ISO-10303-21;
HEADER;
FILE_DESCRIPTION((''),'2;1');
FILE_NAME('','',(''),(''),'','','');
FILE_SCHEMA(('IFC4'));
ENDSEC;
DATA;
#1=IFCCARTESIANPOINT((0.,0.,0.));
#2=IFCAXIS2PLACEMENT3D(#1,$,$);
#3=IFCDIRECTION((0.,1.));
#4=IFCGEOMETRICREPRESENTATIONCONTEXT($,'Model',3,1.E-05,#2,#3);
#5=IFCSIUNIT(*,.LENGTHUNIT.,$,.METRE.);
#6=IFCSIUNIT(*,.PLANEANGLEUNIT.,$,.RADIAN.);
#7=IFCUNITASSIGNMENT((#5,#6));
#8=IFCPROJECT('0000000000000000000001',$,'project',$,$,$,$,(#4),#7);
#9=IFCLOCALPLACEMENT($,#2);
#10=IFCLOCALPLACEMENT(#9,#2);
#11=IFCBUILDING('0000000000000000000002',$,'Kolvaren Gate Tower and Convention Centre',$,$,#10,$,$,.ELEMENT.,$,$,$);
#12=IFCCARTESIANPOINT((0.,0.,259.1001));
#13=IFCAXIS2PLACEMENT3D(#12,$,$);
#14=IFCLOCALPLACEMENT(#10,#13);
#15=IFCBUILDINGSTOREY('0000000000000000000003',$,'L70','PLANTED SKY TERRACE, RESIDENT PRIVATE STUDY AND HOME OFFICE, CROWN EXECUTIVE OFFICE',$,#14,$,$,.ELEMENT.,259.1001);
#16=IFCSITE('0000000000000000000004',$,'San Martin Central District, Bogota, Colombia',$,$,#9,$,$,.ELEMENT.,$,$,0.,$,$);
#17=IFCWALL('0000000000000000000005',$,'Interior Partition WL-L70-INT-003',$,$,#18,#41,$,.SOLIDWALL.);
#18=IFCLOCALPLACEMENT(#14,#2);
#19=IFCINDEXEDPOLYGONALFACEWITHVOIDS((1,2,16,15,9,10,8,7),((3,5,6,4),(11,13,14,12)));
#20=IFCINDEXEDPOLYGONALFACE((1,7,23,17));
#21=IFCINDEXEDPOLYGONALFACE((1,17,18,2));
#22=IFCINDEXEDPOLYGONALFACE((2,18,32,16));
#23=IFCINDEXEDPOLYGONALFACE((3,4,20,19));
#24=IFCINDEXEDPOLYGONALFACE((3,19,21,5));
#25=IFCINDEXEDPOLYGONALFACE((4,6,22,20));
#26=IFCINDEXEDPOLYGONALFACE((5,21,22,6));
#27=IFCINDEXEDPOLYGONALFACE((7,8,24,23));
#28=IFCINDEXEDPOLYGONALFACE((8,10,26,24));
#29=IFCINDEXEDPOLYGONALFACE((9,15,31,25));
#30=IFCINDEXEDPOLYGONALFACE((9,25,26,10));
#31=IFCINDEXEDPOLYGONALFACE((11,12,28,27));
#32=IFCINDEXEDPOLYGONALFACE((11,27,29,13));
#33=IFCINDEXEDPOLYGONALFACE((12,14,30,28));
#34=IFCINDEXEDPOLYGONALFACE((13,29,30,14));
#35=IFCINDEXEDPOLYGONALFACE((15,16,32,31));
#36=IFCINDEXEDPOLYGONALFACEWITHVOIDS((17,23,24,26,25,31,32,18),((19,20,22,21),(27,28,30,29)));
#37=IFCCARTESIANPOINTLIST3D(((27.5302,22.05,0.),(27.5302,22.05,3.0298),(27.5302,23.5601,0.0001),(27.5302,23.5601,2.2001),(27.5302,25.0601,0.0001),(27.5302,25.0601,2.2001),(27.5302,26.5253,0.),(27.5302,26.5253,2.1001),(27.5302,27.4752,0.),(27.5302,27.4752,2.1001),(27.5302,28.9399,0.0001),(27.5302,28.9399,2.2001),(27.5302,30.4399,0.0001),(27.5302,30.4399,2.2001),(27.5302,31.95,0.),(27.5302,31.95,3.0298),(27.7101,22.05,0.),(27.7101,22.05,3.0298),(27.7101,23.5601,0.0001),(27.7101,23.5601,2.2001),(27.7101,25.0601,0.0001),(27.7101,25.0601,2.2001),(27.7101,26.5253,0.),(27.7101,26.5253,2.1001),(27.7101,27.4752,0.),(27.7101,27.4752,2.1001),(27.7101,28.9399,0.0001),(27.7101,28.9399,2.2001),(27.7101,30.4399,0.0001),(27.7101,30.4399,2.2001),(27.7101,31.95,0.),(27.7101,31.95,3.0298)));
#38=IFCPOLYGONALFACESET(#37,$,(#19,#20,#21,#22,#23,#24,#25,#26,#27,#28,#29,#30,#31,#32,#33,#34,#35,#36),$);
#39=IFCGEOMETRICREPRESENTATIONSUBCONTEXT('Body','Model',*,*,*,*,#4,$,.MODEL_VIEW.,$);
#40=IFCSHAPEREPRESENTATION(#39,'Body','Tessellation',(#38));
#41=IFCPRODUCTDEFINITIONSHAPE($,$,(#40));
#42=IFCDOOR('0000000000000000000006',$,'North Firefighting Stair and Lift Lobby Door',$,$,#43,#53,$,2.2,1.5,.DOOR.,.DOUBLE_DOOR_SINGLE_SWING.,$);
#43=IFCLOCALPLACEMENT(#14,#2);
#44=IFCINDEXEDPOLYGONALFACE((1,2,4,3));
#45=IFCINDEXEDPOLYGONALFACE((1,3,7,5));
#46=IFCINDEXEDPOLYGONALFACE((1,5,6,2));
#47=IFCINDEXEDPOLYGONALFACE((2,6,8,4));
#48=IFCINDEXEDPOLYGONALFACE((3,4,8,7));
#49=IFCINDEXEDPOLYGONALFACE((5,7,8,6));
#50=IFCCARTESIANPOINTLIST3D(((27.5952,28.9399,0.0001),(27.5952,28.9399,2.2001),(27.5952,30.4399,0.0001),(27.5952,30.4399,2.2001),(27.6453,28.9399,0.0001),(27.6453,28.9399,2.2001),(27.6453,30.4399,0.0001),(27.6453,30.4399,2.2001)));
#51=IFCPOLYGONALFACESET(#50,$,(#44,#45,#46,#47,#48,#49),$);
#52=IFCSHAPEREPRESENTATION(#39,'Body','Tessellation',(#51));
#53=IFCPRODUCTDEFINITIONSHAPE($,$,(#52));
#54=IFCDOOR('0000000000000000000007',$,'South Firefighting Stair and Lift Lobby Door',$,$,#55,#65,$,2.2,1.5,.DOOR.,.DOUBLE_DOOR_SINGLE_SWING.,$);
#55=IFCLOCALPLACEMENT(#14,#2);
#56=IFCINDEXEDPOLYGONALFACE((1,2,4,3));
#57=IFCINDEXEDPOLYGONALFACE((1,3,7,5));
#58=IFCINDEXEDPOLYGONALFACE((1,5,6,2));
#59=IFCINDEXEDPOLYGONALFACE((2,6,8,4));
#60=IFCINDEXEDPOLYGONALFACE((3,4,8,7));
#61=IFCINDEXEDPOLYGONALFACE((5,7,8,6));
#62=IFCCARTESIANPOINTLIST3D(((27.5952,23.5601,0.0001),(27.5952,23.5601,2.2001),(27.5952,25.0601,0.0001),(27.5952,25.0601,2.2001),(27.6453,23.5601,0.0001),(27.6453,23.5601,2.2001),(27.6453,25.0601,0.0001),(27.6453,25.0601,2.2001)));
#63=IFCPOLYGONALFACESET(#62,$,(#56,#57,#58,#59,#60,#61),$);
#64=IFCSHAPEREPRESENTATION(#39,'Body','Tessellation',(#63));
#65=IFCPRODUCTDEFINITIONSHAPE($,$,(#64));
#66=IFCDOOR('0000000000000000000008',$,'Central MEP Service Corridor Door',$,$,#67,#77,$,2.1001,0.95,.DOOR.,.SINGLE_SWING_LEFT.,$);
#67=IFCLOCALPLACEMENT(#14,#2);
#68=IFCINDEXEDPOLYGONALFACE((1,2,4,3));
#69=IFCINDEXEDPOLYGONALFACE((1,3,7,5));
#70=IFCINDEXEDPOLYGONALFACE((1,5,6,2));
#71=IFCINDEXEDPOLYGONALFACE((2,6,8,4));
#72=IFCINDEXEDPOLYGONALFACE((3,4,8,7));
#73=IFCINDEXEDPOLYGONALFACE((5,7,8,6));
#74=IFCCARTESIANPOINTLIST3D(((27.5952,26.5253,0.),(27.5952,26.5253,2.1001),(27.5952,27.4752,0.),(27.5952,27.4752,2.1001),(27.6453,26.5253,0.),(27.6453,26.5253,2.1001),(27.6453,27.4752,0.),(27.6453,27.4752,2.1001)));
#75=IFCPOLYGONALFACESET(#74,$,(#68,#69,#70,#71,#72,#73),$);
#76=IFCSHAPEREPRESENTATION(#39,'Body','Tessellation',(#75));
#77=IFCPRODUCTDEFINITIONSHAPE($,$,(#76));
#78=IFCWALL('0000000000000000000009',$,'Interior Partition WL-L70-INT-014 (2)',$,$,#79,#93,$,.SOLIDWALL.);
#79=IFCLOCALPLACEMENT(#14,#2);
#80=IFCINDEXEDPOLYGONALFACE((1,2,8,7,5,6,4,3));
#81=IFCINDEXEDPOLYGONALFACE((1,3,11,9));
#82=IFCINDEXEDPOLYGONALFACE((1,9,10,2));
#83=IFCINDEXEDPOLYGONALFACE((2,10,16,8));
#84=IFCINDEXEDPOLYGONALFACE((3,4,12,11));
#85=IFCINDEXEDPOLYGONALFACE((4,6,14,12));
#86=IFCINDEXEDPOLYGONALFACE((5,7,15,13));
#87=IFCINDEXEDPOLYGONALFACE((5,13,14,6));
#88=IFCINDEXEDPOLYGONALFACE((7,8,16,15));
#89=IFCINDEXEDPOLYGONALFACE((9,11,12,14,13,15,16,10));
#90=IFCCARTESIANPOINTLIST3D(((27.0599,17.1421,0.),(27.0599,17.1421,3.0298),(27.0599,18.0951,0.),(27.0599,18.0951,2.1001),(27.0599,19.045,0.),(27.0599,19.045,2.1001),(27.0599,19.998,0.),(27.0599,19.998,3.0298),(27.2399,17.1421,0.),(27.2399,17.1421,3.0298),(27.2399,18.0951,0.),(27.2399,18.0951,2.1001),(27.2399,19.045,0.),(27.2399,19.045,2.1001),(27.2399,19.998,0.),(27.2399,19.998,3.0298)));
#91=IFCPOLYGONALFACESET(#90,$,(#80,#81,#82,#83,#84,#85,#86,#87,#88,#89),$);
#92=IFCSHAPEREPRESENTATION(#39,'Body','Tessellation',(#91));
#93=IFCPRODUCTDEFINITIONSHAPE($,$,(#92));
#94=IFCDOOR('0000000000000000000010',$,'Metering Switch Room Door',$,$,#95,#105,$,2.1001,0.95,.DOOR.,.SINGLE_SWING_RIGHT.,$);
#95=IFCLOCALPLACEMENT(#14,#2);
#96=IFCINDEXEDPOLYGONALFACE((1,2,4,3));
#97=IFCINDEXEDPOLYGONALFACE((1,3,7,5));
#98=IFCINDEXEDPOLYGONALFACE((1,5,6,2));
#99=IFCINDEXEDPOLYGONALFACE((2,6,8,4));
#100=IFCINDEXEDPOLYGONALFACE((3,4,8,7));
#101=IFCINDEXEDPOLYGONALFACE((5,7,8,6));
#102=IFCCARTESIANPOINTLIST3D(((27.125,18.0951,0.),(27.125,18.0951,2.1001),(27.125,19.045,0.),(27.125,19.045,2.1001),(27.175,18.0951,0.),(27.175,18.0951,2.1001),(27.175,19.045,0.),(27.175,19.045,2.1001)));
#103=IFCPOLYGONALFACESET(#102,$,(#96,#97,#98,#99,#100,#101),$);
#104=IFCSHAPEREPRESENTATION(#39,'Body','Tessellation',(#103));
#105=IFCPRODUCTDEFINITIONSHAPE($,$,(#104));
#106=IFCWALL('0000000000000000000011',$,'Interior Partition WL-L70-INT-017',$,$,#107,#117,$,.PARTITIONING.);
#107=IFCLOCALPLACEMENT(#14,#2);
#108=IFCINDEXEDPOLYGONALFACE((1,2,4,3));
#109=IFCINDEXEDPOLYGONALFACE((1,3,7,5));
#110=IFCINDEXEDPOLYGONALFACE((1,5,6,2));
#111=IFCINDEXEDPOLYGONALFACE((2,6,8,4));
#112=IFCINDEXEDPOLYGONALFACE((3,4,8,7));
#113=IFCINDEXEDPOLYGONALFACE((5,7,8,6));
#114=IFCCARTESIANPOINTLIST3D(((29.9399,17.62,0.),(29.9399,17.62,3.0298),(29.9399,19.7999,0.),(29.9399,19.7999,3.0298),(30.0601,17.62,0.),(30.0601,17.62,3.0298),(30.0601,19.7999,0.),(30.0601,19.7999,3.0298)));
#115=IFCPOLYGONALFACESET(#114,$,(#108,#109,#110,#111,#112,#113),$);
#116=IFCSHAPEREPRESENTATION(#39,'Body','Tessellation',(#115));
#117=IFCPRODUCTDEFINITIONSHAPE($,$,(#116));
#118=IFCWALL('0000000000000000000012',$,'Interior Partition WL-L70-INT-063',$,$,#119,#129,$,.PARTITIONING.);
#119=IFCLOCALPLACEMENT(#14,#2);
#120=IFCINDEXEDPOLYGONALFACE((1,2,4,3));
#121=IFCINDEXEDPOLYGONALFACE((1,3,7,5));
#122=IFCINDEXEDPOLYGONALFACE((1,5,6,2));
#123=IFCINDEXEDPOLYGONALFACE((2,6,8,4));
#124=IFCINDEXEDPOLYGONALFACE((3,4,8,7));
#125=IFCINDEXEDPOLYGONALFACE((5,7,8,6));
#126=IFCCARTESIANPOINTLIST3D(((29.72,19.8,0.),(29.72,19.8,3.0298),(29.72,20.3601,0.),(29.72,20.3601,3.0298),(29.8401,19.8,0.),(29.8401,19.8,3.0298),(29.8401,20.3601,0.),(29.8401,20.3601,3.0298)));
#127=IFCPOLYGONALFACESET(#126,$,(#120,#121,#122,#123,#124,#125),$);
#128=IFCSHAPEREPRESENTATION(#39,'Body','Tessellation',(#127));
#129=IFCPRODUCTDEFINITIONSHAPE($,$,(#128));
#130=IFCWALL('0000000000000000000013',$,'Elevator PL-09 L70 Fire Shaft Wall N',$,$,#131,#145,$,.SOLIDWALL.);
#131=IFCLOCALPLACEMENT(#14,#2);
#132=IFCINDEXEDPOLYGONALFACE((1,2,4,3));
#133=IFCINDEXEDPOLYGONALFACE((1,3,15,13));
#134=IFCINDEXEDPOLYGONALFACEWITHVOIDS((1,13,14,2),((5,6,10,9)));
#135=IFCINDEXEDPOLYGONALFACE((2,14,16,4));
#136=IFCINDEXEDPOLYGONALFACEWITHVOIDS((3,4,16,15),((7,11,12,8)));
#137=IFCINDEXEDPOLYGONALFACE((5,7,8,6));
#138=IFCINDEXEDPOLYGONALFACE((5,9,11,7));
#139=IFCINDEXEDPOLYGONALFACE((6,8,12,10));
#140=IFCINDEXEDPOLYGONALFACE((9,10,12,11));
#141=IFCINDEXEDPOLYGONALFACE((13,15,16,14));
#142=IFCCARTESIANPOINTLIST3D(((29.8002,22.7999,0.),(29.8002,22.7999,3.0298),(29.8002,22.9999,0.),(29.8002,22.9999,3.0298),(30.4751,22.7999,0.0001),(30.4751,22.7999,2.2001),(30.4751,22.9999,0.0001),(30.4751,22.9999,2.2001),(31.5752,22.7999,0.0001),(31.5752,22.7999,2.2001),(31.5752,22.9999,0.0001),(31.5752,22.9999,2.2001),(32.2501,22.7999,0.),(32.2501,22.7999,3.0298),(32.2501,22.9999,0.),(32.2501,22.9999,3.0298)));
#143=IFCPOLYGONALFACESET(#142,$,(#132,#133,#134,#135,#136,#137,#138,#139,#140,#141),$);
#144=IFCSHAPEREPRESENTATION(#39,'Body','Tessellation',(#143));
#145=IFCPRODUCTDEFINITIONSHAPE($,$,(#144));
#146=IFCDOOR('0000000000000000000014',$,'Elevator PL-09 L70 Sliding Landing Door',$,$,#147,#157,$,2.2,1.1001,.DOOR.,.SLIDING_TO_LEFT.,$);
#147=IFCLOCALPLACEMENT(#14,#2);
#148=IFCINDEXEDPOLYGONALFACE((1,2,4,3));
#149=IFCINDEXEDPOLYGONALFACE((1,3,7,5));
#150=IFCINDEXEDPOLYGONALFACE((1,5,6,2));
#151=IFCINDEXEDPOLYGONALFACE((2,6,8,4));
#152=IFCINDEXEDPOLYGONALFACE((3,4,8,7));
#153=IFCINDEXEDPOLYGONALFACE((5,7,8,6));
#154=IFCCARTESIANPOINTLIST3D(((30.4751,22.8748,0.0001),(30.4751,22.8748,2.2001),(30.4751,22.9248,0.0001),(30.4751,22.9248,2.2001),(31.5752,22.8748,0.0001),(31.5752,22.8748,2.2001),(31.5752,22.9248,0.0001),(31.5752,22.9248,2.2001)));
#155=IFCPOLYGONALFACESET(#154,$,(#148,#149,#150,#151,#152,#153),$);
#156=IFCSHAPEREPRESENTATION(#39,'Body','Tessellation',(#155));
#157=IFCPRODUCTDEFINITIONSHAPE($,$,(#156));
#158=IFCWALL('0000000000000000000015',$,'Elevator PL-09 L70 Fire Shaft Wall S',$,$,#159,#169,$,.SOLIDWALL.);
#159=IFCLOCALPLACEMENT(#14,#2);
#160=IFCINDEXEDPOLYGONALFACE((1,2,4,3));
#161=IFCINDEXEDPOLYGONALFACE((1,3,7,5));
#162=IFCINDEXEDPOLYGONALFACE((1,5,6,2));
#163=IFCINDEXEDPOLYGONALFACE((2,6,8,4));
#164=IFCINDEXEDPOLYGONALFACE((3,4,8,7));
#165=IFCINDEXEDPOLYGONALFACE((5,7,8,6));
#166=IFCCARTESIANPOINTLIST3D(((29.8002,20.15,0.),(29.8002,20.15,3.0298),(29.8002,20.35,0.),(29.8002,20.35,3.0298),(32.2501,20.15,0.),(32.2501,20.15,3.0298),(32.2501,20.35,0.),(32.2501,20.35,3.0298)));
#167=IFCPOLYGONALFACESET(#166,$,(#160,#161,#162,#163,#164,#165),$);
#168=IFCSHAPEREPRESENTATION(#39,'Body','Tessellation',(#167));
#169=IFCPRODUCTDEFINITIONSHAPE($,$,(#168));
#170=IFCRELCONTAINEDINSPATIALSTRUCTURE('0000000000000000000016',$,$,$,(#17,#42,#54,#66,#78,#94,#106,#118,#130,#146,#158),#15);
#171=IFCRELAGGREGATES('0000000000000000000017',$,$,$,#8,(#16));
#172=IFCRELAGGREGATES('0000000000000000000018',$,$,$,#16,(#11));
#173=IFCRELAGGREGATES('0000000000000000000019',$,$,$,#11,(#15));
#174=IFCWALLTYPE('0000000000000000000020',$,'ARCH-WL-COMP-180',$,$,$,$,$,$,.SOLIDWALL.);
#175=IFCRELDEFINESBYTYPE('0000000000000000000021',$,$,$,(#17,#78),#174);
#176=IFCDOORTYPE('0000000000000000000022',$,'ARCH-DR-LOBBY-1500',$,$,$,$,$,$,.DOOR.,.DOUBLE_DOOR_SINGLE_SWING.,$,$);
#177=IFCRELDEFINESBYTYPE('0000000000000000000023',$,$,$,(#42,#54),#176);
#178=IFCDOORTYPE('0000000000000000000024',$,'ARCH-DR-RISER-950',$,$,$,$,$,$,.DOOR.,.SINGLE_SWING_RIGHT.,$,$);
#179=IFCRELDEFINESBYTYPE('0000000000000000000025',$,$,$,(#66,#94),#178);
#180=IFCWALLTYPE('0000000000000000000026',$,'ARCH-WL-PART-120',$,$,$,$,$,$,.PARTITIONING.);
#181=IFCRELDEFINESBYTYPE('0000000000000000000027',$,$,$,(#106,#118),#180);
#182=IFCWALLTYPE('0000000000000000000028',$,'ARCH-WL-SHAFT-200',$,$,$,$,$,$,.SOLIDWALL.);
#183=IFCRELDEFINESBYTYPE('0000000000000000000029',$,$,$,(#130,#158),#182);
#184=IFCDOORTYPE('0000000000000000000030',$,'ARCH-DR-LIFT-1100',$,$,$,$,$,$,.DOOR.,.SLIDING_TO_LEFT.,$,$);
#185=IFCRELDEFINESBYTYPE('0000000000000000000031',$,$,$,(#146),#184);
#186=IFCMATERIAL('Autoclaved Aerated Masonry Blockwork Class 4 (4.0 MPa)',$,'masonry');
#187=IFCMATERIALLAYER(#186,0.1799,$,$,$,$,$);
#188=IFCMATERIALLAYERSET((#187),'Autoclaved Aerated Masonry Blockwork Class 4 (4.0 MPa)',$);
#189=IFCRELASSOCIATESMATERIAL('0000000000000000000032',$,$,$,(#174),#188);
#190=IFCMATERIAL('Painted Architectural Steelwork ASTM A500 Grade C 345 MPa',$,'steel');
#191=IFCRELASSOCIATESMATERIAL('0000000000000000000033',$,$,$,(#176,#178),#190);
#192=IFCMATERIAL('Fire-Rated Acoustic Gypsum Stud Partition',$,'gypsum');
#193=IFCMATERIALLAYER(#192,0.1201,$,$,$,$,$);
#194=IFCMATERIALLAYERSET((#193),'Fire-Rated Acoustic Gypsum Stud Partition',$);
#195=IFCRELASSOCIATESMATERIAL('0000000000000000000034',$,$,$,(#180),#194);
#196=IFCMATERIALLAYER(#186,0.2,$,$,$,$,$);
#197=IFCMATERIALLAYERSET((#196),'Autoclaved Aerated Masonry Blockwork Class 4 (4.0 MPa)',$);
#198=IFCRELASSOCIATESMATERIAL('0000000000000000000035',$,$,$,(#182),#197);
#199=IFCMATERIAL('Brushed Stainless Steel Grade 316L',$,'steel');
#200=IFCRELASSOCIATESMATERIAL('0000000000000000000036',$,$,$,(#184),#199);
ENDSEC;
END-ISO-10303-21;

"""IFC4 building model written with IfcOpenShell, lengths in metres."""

from ifc_helpers import new_model, si_unit, direction, frame, frame_2d, origin, place, context, subcontext, project, spatial, rectangle, extrude, material, layer, layer_set, type_object, element, fill, save


model = new_model("IFC4")

# Units and contexts
model_context = context("Model", 3, precision=1e-05, world=origin(), true_north=direction((0.0, 1.0)))
body_context = subcontext(model_context, "Body", "Model", "MODEL_VIEW")
ifc_project = project(units=[si_unit("LENGTHUNIT", "METRE"), si_unit("PLANEANGLEUNIT", "RADIAN")], contexts=[model_context])

# Site, building, storey
site_placement = place(None, origin())
site = spatial("IfcSite", under=ifc_project, at=site_placement, Name="San Martin Central District, Bogota, Colombia", CompositionType="ELEMENT", RefElevation=0.0)
building_placement = place(site_placement, origin())
building = spatial("IfcBuilding", under=site, at=building_placement, Name="Kolvaren Gate Tower and Convention Centre", CompositionType="ELEMENT")
storey_placement = place(building_placement, frame((0.0, 0.0, 259.1001)))
storey = spatial("IfcBuildingStorey", under=building, at=storey_placement, Name="L70", Description="PLANTED SKY TERRACE, RESIDENT PRIVATE STUDY AND HOME OFFICE, CROWN EXECUTIVE OFFICE", CompositionType="ELEMENT", Elevation=259.1001)

# Wall, openings, doors
ifc_material_1 = material(Name="Autoclaved Aerated Masonry Blockwork Class 4 (4.0 MPa)", Category="masonry")
ifc_layer_1 = layer(ifc_material_1, 0.1799)
ifc_layer_set_1 = layer_set([ifc_layer_1], Name="Autoclaved Aerated Masonry Blockwork Class 4 (4.0 MPa)")
wall_type_1 = type_object("IfcWallType", Name="ARCH-WL-COMP-180", PredefinedType="SOLIDWALL", material=ifc_layer_set_1)
wall_1_placement = place(storey_placement, frame((27.6201, 22.05, 0.0), z_axis=(0.0, 0.0, 1.0), x_axis=(0.0, 1.0, 0.0)))
wall_1 = element("IfcWall", 1, at=wall_1_placement, inside=storey, type_object=wall_type_1, Name="Interior Partition WL-L70-INT-003", PredefinedType="SOLIDWALL", context=body_context, shape_type="SweptSolid", body=[
    extrude(rectangle(XDim=9.8999, YDim=0.1799, at=frame_2d((4.95, 0.0))), origin(), (0.0, 0.0, 1.0), 3.0298),
])
opening_1_placement = place(wall_1_placement, frame((4.4751, 0.0, 0.0)))
opening_1 = element("IfcOpeningElement", 2, at=opening_1_placement, cuts=wall_1, PredefinedType="OPENING", context=body_context, shape_type="SweptSolid", body=[
    extrude(rectangle(XDim=0.95, YDim=2.1001, at=frame_2d((0.4751, 1.05))), frame((0.0, 0.0999, 0.0), z_axis=(0.0, -1.0, 0.0), x_axis=(1.0, 0.0, 0.0)), (0.0, 0.0, 1.0), 0.2),
])
opening_2_placement = place(wall_1_placement, frame((6.8899, 0.0, 0.0)))
opening_2 = element("IfcOpeningElement", 3, at=opening_2_placement, cuts=wall_1, PredefinedType="OPENING", context=body_context, shape_type="SweptSolid", body=[
    extrude(rectangle(XDim=1.5, YDim=2.2, at=frame_2d((0.75, 1.1001))), frame((0.0, 0.0999, 0.0), z_axis=(0.0, -1.0, 0.0), x_axis=(1.0, 0.0, 0.0)), (0.0, 0.0, 1.0), 0.2),
])
opening_3_placement = place(wall_1_placement, frame((1.51, 0.0, 0.0)))
opening_3 = element("IfcOpeningElement", 4, at=opening_3_placement, cuts=wall_1, PredefinedType="OPENING", context=body_context, shape_type="SweptSolid", body=[
    extrude(rectangle(XDim=1.5, YDim=2.2, at=frame_2d((0.75, 1.1001))), frame((0.0, 0.0999, 0.0), z_axis=(0.0, -1.0, 0.0), x_axis=(1.0, 0.0, 0.0)), (0.0, 0.0, 1.0), 0.2),
])
ifc_material_2 = material(Name="Painted Architectural Steelwork ASTM A500 Grade C 345 MPa", Category="steel")
door_type_1 = type_object("IfcDoorType", Name="ARCH-DR-LOBBY-1500", OperationType="DOUBLE_DOOR_SINGLE_SWING", PredefinedType="DOOR", material=ifc_material_2)
door_1_placement = place(opening_2_placement, origin())
door_1 = element("IfcDoor", 5, at=door_1_placement, inside=storey, type_object=door_type_1, Name="North Firefighting Stair and Lift Lobby Door", OperationType="DOUBLE_DOOR_SINGLE_SWING", OverallHeight=2.2, OverallWidth=1.5, PredefinedType="DOOR", context=body_context, shape_type="SweptSolid", body=[
    extrude(rectangle(XDim=1.5, YDim=2.2, at=frame_2d((0.75, 1.1001))), frame((0.0, 0.0249, 0.0), z_axis=(0.0, -1.0, 0.0), x_axis=(1.0, 0.0, 0.0)), (0.0, 0.0, 1.0), 0.05),
])
fill(opening_2, door_1)
door_2_placement = place(opening_3_placement, origin())
door_2 = element("IfcDoor", 6, at=door_2_placement, inside=storey, type_object=door_type_1, Name="South Firefighting Stair and Lift Lobby Door", OperationType="DOUBLE_DOOR_SINGLE_SWING", OverallHeight=2.2, OverallWidth=1.5, PredefinedType="DOOR", context=body_context, shape_type="SweptSolid", body=[
    extrude(rectangle(XDim=1.5, YDim=2.2, at=frame_2d((0.75, 1.1001))), frame((0.0, 0.0249, 0.0), z_axis=(0.0, -1.0, 0.0), x_axis=(1.0, 0.0, 0.0)), (0.0, 0.0, 1.0), 0.05),
])
fill(opening_3, door_2)
door_type_2 = type_object("IfcDoorType", Name="ARCH-DR-RISER-950", OperationType="SINGLE_SWING_RIGHT", PredefinedType="DOOR", material=ifc_material_2)
door_3_placement = place(opening_1_placement, origin())
door_3 = element("IfcDoor", 7, at=door_3_placement, inside=storey, type_object=door_type_2, Name="Central MEP Service Corridor Door", OperationType="SINGLE_SWING_LEFT", OverallHeight=2.1001, OverallWidth=0.95, PredefinedType="DOOR", context=body_context, shape_type="SweptSolid", body=[
    extrude(rectangle(XDim=0.95, YDim=2.1001, at=frame_2d((0.4751, 1.05))), frame((0.0, 0.0249, 0.0), z_axis=(0.0, -1.0, 0.0), x_axis=(1.0, 0.0, 0.0)), (0.0, 0.0, 1.0), 0.05),
])
fill(opening_1, door_3)

# Wall, opening, door
wall_2_placement = place(storey_placement, frame((27.1499, 17.1421, 0.0), z_axis=(0.0, 0.0, 1.0), x_axis=(0.0, 1.0, 0.0)))
wall_2 = element("IfcWall", 8, at=wall_2_placement, inside=storey, type_object=wall_type_1, Name="Interior Partition WL-L70-INT-014 (2)", PredefinedType="SOLIDWALL", context=body_context, shape_type="SweptSolid", body=[
    extrude(rectangle(XDim=2.856, YDim=0.1799, at=frame_2d((1.428, 0.0))), origin(), (0.0, 0.0, 1.0), 3.0298),
])
opening_4_placement = place(wall_2_placement, frame((0.9529, 0.0, 0.0)))
opening_4 = element("IfcOpeningElement", 9, at=opening_4_placement, cuts=wall_2, PredefinedType="OPENING", context=body_context, shape_type="SweptSolid", body=[
    extrude(rectangle(XDim=0.95, YDim=2.1001, at=frame_2d((0.4751, 1.05))), frame((0.0, 0.0999, 0.0), z_axis=(0.0, -1.0, 0.0), x_axis=(1.0, 0.0, 0.0)), (0.0, 0.0, 1.0), 0.2),
])
door_4_placement = place(opening_4_placement, origin())
door_4 = element("IfcDoor", 10, at=door_4_placement, inside=storey, type_object=door_type_2, Name="Metering Switch Room Door", OperationType="SINGLE_SWING_RIGHT", OverallHeight=2.1001, OverallWidth=0.95, PredefinedType="DOOR", context=body_context, shape_type="SweptSolid", body=[
    extrude(rectangle(XDim=0.95, YDim=2.1001, at=frame_2d((0.4751, 1.05))), frame((0.0, 0.0249, 0.0), z_axis=(0.0, -1.0, 0.0), x_axis=(1.0, 0.0, 0.0)), (0.0, 0.0, 1.0), 0.05),
])
fill(opening_4, door_4)

# Walls
ifc_material_3 = material(Name="Fire-Rated Acoustic Gypsum Stud Partition", Category="gypsum")
ifc_layer_2 = layer(ifc_material_3, 0.1201)
ifc_layer_set_2 = layer_set([ifc_layer_2], Name="Fire-Rated Acoustic Gypsum Stud Partition")
wall_type_2 = type_object("IfcWallType", Name="ARCH-WL-PART-120", PredefinedType="PARTITIONING", material=ifc_layer_set_2)
wall_3_placement = place(storey_placement, frame((30.0, 17.6201, 0.0), z_axis=(0.0, 0.0, 1.0), x_axis=(0.0, 1.0, 0.0)))
element("IfcWall", 11, at=wall_3_placement, inside=storey, type_object=wall_type_2, Name="Interior Partition WL-L70-INT-017", PredefinedType="PARTITIONING", context=body_context, shape_type="SweptSolid", body=[
    extrude(rectangle(XDim=2.1799, YDim=0.1201, at=frame_2d((1.0898, 0.0))), origin(), (0.0, 0.0, 1.0), 3.0298),
])
wall_4_placement = place(storey_placement, frame((29.78, 19.8, 0.0), z_axis=(0.0, 0.0, 1.0), x_axis=(0.0, 1.0, 0.0)))
element("IfcWall", 12, at=wall_4_placement, inside=storey, type_object=wall_type_2, Name="Interior Partition WL-L70-INT-063", PredefinedType="PARTITIONING", context=body_context, shape_type="SweptSolid", body=[
    extrude(rectangle(XDim=0.5601, YDim=0.1201, at=frame_2d((0.28, 0.0))), origin(), (0.0, 0.0, 1.0), 3.0298),
])

# Wall, opening, door
ifc_layer_3 = layer(ifc_material_1, 0.2)
ifc_layer_set_3 = layer_set([ifc_layer_3], Name="Autoclaved Aerated Masonry Blockwork Class 4 (4.0 MPa)")
wall_type_3 = type_object("IfcWallType", Name="ARCH-WL-SHAFT-200", PredefinedType="SOLIDWALL", material=ifc_layer_set_3)
wall_5_placement = place(storey_placement, frame((29.8, 22.8999, 0.0), z_axis=(0.0, 0.0, 1.0), x_axis=(1.0, 0.0, 0.0)))
wall_5 = element("IfcWall", 13, at=wall_5_placement, inside=storey, type_object=wall_type_3, Name="Elevator PL-09 L70 Fire Shaft Wall N", PredefinedType="SOLIDWALL", context=body_context, shape_type="SweptSolid", body=[
    extrude(rectangle(XDim=2.45, YDim=0.2, at=frame_2d((1.2251, 0.0))), origin(), (0.0, 0.0, 1.0), 3.0298),
])
opening_5_placement = place(wall_5_placement, frame((0.675, 0.0, 0.0)))
opening_5 = element("IfcOpeningElement", 14, at=opening_5_placement, cuts=wall_5, PredefinedType="OPENING", context=body_context, shape_type="SweptSolid", body=[
    extrude(rectangle(XDim=1.1001, YDim=2.2, at=frame_2d((0.55, 1.1001))), frame((0.0, 0.1099, 0.0), z_axis=(0.0, -1.0, 0.0), x_axis=(1.0, 0.0, 0.0)), (0.0, 0.0, 1.0), 0.22),
])
ifc_material_4 = material(Name="Brushed Stainless Steel Grade 316L", Category="steel")
door_type_3 = type_object("IfcDoorType", Name="ARCH-DR-LIFT-1100", OperationType="SLIDING_TO_LEFT", PredefinedType="DOOR", material=ifc_material_4)
door_5_placement = place(opening_5_placement, origin())
door_5 = element("IfcDoor", 15, at=door_5_placement, inside=storey, type_object=door_type_3, Name="Elevator PL-09 L70 Sliding Landing Door", OperationType="SLIDING_TO_LEFT", OverallHeight=2.2, OverallWidth=1.1001, PredefinedType="DOOR", context=body_context, shape_type="SweptSolid", body=[
    extrude(rectangle(XDim=1.1001, YDim=2.2, at=frame_2d((0.55, 1.1001))), frame((0.0, 0.0249, 0.0), z_axis=(0.0, -1.0, 0.0), x_axis=(1.0, 0.0, 0.0)), (0.0, 0.0, 1.0), 0.05),
])
fill(opening_5, door_5)

# Wall
wall_6_placement = place(storey_placement, frame((29.8, 20.25, 0.0), z_axis=(0.0, 0.0, 1.0), x_axis=(1.0, 0.0, 0.0)))
element("IfcWall", 16, at=wall_6_placement, inside=storey, type_object=wall_type_3, Name="Elevator PL-09 L70 Fire Shaft Wall S", PredefinedType="SOLIDWALL", context=body_context, shape_type="SweptSolid", body=[
    extrude(rectangle(XDim=2.45, YDim=0.2, at=frame_2d((1.2251, 0.0))), origin(), (0.0, 0.0, 1.0), 3.0298),
])

save(model, "model.ifc")
